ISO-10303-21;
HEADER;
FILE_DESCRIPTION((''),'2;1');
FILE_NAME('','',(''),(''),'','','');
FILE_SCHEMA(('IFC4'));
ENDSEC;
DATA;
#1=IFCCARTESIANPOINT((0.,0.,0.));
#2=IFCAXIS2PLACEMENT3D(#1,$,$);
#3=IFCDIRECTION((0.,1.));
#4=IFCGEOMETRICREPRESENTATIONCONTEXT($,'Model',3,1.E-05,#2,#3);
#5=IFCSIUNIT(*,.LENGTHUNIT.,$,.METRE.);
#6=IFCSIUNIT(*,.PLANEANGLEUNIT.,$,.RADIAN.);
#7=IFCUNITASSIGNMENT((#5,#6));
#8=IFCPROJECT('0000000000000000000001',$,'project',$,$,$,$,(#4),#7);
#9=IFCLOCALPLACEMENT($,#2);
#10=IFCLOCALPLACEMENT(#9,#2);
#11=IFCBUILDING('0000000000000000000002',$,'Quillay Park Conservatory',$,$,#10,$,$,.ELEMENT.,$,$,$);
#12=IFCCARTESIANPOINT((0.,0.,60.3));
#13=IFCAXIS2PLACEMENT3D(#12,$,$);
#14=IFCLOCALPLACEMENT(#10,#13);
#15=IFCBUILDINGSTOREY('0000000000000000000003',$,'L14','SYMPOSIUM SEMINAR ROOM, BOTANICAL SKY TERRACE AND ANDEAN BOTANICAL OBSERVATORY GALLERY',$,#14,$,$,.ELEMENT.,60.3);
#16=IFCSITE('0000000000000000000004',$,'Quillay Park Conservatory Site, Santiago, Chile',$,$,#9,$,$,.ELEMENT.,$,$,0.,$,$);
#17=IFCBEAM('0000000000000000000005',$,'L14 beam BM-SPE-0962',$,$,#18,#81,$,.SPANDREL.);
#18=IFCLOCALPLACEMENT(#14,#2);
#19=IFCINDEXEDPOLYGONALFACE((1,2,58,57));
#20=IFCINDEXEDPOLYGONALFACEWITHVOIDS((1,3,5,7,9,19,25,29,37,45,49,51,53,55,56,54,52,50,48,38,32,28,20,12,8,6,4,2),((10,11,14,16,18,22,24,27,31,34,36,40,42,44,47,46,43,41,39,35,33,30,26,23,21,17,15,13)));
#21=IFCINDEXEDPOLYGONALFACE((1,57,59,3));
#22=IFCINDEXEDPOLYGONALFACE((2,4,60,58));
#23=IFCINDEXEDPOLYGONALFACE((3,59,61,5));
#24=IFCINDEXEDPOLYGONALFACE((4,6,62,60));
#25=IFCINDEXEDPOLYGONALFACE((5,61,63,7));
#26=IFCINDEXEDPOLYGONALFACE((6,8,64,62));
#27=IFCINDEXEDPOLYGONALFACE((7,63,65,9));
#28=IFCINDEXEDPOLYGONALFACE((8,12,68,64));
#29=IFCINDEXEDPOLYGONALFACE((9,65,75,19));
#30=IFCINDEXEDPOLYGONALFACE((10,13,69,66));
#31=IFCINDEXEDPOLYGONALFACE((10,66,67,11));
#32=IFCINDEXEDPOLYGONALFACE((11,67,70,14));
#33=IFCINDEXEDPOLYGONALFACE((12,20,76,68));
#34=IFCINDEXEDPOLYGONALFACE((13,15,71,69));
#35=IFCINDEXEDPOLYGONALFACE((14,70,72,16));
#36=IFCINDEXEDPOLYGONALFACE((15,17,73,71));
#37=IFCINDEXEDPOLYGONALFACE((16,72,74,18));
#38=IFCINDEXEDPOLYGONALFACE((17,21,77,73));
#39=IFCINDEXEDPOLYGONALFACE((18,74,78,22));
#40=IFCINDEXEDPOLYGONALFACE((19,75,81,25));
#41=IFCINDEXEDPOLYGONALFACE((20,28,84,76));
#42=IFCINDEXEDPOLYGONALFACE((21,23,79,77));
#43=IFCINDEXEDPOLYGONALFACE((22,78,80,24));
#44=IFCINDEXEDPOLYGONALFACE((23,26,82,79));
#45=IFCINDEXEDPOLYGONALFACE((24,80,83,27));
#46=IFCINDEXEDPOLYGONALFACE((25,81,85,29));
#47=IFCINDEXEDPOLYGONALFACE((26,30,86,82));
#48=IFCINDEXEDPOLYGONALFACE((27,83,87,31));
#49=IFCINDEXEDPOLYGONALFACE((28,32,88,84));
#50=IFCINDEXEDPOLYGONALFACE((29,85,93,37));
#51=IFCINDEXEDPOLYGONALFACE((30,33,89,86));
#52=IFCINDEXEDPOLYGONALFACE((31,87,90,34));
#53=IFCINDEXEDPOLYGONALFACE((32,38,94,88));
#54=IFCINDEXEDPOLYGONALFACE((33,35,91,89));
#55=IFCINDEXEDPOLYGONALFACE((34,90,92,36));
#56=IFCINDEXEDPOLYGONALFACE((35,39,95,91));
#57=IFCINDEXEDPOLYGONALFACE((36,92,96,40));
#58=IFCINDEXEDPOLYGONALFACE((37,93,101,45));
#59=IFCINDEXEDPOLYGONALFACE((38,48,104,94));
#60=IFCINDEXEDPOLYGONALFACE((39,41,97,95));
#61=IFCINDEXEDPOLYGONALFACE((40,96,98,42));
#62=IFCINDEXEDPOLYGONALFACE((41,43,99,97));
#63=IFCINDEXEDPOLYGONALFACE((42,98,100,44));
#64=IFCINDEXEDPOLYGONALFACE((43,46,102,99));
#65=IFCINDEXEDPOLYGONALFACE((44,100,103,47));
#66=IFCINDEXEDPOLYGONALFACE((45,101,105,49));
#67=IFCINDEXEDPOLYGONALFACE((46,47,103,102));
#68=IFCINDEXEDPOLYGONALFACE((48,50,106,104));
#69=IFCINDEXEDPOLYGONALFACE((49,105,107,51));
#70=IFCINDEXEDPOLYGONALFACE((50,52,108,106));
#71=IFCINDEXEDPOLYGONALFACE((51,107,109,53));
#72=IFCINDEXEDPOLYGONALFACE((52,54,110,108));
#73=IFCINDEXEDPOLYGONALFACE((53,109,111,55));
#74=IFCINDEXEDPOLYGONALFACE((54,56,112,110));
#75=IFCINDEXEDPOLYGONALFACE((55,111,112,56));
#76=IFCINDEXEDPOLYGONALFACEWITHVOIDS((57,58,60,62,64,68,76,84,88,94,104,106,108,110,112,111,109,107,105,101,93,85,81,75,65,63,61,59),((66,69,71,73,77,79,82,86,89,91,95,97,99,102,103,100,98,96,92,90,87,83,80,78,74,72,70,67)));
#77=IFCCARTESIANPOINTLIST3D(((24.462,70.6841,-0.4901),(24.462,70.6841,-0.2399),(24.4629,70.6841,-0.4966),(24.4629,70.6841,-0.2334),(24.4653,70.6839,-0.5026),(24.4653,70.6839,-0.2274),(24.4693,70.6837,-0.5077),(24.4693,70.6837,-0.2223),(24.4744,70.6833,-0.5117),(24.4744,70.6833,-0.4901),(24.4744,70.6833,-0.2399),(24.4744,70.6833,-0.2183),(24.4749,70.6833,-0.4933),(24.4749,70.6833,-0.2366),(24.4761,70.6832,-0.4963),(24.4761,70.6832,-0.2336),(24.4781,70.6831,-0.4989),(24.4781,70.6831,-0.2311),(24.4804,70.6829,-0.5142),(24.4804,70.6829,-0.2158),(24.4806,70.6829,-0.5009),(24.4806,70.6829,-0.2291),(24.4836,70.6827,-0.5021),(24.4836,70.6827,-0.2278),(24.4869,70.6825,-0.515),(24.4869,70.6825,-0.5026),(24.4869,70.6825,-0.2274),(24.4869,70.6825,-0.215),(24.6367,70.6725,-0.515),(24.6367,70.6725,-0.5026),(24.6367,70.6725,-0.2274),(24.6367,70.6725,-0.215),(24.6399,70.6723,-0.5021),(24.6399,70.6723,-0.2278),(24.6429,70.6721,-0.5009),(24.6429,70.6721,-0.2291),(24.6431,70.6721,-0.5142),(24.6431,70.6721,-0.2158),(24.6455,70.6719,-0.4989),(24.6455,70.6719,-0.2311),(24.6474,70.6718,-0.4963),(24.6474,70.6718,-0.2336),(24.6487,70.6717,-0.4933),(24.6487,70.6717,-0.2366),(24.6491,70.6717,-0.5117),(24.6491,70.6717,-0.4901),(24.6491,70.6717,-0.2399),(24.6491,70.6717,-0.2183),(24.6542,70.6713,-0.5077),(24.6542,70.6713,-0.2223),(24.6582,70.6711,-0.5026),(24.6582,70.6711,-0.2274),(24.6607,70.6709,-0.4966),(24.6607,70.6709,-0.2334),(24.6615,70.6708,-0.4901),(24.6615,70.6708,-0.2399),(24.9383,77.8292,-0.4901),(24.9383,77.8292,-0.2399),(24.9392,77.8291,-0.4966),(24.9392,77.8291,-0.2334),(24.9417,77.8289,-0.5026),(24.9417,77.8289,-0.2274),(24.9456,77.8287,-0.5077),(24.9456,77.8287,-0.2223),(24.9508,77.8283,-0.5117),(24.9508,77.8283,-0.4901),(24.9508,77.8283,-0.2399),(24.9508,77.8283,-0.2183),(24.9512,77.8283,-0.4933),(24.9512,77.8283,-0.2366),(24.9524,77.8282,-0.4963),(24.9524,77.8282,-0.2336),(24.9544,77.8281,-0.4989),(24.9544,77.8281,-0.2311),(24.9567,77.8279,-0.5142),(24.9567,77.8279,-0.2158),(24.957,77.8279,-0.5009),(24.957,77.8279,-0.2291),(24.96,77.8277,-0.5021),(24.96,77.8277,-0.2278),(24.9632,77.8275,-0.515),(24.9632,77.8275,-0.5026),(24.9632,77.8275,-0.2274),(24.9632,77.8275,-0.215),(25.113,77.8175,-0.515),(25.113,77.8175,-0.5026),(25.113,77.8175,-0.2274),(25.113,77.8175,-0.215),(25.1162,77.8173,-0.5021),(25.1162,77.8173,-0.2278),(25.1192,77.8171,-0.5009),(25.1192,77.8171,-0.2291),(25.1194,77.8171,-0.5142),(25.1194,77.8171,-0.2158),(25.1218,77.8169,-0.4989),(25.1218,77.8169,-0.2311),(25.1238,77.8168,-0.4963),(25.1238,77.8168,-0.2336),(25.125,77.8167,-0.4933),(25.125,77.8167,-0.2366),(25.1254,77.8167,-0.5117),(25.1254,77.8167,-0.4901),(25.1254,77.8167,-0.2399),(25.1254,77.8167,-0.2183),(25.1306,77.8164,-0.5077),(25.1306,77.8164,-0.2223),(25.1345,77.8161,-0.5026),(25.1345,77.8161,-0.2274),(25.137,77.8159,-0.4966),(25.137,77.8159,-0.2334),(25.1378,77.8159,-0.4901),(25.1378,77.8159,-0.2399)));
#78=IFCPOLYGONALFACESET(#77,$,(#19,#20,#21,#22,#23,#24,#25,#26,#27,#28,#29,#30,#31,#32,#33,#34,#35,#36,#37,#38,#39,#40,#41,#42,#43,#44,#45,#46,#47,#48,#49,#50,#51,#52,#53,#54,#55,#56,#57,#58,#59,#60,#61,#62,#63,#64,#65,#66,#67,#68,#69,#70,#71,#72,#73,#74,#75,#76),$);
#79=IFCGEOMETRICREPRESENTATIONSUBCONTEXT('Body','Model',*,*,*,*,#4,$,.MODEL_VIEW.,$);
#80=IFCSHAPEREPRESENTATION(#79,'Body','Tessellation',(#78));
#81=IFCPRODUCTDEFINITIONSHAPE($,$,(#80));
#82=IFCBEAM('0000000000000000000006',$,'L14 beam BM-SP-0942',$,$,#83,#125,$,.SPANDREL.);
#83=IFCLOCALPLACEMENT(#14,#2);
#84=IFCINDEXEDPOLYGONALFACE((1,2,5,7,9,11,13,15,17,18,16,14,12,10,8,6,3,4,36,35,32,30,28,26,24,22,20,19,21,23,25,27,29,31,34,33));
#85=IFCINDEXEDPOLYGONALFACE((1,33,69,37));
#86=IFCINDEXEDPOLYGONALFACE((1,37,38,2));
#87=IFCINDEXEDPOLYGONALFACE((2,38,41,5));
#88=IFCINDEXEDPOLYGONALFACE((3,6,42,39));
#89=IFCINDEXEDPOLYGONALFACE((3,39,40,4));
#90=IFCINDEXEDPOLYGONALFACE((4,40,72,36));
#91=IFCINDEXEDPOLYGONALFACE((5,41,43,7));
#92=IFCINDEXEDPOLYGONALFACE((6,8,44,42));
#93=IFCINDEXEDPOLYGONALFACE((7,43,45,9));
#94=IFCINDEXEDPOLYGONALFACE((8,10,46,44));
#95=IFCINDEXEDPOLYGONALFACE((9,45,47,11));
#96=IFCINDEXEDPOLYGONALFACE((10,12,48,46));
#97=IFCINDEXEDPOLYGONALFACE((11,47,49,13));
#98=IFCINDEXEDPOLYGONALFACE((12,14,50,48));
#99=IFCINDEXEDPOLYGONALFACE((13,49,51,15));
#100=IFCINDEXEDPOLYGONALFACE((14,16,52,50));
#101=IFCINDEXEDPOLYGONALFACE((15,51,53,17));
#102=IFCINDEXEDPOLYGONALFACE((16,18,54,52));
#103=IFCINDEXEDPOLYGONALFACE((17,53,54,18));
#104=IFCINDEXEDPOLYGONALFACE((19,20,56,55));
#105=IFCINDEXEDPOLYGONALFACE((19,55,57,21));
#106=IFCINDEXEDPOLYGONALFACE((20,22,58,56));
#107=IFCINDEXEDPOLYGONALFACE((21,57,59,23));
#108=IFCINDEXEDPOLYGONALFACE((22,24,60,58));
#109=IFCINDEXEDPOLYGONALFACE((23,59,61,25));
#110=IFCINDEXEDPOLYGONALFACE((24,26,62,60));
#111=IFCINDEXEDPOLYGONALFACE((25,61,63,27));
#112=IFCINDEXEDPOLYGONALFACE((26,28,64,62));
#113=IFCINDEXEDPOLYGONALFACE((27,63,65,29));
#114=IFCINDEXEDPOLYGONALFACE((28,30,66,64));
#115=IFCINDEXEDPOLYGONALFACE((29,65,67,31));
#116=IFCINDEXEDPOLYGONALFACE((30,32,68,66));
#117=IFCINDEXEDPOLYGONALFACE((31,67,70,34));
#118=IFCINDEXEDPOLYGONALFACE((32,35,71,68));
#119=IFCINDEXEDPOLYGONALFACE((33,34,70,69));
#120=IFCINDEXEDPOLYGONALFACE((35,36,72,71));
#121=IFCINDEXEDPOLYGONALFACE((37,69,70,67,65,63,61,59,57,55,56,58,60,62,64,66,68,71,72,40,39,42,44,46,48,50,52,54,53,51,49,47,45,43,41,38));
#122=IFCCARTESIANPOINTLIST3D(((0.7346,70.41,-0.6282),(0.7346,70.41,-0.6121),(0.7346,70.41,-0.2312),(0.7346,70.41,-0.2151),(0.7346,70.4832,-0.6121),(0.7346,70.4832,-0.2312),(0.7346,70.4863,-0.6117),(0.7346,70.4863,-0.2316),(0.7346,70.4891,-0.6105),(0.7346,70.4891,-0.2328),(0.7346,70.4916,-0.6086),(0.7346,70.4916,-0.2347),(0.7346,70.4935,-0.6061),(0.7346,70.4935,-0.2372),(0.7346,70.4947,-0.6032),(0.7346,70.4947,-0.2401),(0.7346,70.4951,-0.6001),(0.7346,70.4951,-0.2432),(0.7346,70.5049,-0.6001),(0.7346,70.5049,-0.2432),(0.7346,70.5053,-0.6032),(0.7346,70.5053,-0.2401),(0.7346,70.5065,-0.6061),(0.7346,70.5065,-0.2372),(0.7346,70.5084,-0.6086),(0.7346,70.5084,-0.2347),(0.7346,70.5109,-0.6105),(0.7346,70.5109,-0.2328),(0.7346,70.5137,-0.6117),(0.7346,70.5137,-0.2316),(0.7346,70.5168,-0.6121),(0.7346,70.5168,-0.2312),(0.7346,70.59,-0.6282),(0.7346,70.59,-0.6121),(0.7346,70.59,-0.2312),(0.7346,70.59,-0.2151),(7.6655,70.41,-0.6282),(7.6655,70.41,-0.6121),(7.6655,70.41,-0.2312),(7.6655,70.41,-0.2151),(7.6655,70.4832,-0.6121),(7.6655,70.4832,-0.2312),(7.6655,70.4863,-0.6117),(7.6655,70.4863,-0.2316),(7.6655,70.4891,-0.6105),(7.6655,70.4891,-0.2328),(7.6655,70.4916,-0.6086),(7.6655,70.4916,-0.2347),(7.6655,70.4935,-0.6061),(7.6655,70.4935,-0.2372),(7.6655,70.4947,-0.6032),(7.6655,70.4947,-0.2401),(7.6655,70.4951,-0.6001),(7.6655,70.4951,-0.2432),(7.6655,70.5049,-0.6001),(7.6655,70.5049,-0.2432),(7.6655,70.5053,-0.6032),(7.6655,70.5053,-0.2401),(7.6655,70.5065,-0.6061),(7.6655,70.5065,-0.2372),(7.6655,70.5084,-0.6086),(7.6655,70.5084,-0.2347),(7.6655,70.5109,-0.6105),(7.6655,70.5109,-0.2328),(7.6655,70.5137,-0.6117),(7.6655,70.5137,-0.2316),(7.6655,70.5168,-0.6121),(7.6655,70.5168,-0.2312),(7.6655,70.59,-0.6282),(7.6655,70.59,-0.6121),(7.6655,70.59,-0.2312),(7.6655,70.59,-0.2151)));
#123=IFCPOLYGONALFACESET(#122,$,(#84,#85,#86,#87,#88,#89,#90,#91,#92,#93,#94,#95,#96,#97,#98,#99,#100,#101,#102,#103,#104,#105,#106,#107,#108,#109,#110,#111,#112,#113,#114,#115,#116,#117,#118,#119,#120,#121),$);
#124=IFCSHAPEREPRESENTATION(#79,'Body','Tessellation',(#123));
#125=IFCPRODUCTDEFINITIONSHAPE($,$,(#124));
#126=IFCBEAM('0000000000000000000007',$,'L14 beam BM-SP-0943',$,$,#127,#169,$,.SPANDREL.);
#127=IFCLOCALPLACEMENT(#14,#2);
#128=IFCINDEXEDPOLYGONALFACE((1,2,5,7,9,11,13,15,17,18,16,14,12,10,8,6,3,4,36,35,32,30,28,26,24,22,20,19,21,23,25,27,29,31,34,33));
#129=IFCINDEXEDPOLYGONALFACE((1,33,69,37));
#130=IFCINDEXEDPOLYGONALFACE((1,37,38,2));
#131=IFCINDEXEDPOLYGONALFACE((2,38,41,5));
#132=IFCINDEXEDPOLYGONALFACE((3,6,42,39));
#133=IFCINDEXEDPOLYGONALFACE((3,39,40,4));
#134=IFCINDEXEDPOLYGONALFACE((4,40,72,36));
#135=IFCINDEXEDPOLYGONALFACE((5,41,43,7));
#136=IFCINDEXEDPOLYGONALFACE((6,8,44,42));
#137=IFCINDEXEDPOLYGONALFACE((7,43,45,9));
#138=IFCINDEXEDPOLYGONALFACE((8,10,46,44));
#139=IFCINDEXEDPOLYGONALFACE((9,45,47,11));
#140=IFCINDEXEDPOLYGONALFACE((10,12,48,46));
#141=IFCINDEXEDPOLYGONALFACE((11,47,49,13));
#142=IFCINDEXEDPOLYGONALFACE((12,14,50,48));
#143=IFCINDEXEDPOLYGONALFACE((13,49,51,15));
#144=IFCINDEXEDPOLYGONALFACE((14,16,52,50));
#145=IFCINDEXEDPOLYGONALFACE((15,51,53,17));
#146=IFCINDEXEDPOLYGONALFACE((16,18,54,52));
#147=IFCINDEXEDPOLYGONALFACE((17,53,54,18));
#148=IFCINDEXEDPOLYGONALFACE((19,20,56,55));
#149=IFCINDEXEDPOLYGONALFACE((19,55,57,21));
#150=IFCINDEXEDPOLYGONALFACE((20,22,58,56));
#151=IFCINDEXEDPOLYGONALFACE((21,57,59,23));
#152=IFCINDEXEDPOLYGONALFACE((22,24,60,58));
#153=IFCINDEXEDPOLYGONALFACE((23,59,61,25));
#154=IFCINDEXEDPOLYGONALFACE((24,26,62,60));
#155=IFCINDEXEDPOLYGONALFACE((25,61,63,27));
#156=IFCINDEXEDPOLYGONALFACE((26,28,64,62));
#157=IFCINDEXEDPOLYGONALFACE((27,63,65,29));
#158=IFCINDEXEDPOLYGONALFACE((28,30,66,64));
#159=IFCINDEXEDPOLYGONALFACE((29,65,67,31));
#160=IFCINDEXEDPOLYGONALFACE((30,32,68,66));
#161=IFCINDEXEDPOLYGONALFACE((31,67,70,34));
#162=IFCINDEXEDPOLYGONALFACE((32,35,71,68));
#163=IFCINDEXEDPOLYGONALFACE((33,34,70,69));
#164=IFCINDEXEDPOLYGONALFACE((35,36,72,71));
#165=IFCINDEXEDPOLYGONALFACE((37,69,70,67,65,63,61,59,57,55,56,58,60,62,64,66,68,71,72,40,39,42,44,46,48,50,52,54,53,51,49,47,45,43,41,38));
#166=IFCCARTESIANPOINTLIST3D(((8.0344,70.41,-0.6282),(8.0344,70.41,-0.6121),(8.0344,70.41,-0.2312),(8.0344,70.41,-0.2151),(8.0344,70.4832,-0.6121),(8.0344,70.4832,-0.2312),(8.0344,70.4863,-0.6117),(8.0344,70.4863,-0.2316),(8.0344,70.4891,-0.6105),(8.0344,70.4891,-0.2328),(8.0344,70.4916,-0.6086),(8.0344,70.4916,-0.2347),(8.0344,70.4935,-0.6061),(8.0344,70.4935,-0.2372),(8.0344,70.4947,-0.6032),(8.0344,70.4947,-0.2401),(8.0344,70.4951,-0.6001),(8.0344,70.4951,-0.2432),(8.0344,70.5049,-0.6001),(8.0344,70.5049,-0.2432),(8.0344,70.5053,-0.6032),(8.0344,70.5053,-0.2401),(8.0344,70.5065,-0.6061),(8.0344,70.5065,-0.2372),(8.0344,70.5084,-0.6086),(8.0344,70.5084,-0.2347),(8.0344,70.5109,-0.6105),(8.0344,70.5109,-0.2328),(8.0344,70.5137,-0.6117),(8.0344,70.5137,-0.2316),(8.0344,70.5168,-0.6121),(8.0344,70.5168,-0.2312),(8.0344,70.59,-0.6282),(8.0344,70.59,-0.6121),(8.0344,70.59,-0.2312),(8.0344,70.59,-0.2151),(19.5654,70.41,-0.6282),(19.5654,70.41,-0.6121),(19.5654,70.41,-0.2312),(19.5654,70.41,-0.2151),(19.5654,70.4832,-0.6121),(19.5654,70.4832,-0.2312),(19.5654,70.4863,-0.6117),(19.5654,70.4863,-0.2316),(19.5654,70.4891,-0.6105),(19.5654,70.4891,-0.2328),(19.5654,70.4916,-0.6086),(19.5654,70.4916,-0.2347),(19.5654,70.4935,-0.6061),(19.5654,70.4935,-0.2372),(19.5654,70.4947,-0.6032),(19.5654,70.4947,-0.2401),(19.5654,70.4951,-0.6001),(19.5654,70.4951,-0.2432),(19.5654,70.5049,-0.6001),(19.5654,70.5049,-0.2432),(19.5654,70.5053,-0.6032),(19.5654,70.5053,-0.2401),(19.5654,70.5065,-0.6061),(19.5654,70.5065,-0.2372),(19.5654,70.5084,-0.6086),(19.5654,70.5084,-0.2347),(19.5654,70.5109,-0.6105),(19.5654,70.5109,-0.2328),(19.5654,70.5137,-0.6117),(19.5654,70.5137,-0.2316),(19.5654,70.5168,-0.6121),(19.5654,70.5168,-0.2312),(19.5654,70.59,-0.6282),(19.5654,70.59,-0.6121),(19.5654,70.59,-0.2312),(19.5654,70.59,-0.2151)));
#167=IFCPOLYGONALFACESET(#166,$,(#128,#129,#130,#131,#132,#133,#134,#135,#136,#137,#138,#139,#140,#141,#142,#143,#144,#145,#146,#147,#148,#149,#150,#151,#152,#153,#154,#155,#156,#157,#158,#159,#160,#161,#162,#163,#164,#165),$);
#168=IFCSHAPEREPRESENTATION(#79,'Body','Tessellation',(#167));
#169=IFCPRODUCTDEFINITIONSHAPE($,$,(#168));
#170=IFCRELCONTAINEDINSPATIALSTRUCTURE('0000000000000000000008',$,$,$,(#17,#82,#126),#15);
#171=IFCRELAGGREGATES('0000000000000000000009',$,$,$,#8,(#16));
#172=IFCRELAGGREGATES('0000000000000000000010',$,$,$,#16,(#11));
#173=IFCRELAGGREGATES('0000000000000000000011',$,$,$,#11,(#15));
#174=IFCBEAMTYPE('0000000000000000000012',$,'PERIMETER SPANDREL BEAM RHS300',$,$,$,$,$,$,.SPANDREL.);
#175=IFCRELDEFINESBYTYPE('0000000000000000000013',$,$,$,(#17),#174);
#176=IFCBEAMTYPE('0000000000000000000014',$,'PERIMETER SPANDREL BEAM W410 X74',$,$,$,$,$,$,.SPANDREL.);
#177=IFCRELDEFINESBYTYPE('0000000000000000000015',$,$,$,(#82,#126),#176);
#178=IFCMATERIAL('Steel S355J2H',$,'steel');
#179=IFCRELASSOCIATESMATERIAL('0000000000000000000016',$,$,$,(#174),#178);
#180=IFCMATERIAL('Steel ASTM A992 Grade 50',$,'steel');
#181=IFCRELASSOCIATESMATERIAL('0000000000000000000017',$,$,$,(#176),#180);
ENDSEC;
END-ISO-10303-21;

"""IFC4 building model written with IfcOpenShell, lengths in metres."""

from ifc_helpers import new_model, si_unit, direction, frame, origin, origin_2d, place, context, subcontext, project, spatial, hollow_rectangle, i_section, extrude, material, material_profile, profile_set, type_object, element, save


model = new_model("IFC4")

# Units and contexts
model_context = context("Model", 3, precision=1e-05, world=origin(), true_north=direction((0.0, 1.0)))
body_context = subcontext(model_context, "Body", "Model", "MODEL_VIEW")
ifc_project = project(units=[si_unit("LENGTHUNIT", "METRE"), si_unit("PLANEANGLEUNIT", "RADIAN")], contexts=[model_context])

# Site, building, storey
site_placement = place(None, origin())
site = spatial("IfcSite", under=ifc_project, at=site_placement, Name="Quillay Park Conservatory Site, Santiago, Chile", CompositionType="ELEMENT", RefElevation=0.0)
building_placement = place(site_placement, origin())
building = spatial("IfcBuilding", under=site, at=building_placement, Name="Quillay Park Conservatory", CompositionType="ELEMENT")
storey_placement = place(building_placement, frame((0.0, 0.0, 60.3)))
storey = spatial("IfcBuildingStorey", under=building, at=storey_placement, Name="L14", Description="SYMPOSIUM SEMINAR ROOM, BOTANICAL SKY TERRACE AND ANDEAN BOTANICAL OBSERVATORY GALLERY", CompositionType="ELEMENT", Elevation=60.3)

# Beams
ifc_material_1 = material(Name="Steel S355J2H", Category="steel")
ifc_material_profile_1 = material_profile(ifc_material_1, hollow_rectangle(XDim=0.2, YDim=0.3, WallThickness=0.0125, InnerFilletRadius=0.0125, OuterFilletRadius=0.0249, at=origin_2d()), Name="RHS300x200x12.5")
ifc_profile_set_1 = profile_set([ifc_material_profile_1], Name="Steel S355J2H")
beam_type_1 = type_object("IfcBeamType", Name="PERIMETER SPANDREL BEAM RHS300", PredefinedType="SPANDREL", material=ifc_profile_set_1)
beam_1_placement = place(storey_placement, frame((24.5618, 70.6775, -0.365), z_axis=(0.066517, 0.997785, 0.0), x_axis=(-0.997785, 0.066517, 0.0)))
element("IfcBeam", 1, at=beam_1_placement, inside=storey, type_object=beam_type_1, Name="L14 beam BM-SPE-0962", PredefinedType="SPANDREL", context=body_context, shape_type="SweptSolid", body=[
    extrude(hollow_rectangle(XDim=0.2, YDim=0.3, WallThickness=0.0125, InnerFilletRadius=0.0125, OuterFilletRadius=0.0249, at=origin_2d()), origin(), (0.0, 0.0, 1.0), 7.1609),
])
ifc_material_2 = material(Name="Steel ASTM A992 Grade 50", Category="steel")
ifc_material_profile_2 = material_profile(ifc_material_2, i_section(OverallWidth=0.1799, OverallDepth=0.4131, WebThickness=0.0098, FlangeThickness=0.0161, FilletRadius=0.012, at=origin_2d()), Name="W410x74")
ifc_profile_set_2 = profile_set([ifc_material_profile_2], Name="Steel ASTM A992 Grade 50")
beam_type_2 = type_object("IfcBeamType", Name="PERIMETER SPANDREL BEAM W410 X74", PredefinedType="SPANDREL", material=ifc_profile_set_2)
beam_2_placement = place(storey_placement, frame((0.7346, 70.5, -0.4216), z_axis=(1.0, 0.0, 0.0), x_axis=(0.0, 1.0, 0.0)))
element("IfcBeam", 2, at=beam_2_placement, inside=storey, type_object=beam_type_2, Name="L14 beam BM-SP-0942", PredefinedType="SPANDREL", context=body_context, shape_type="SweptSolid", body=[
    extrude(i_section(OverallWidth=0.1799, OverallDepth=0.4131, WebThickness=0.0098, FlangeThickness=0.0161, FilletRadius=0.012, at=origin_2d()), origin(), (0.0, 0.0, 1.0), 6.9309),
])
beam_3_placement = place(storey_placement, frame((8.0344, 70.5, -0.4216), z_axis=(1.0, 0.0, 0.0), x_axis=(0.0, 1.0, 0.0)))
element("IfcBeam", 3, at=beam_3_placement, inside=storey, type_object=beam_type_2, Name="L14 beam BM-SP-0943", PredefinedType="SPANDREL", context=body_context, shape_type="SweptSolid", body=[
    extrude(i_section(OverallWidth=0.1799, OverallDepth=0.4131, WebThickness=0.0098, FlangeThickness=0.0161, FilletRadius=0.012, at=origin_2d()), origin(), (0.0, 0.0, 1.0), 11.531),
])

save(model, "model.ifc")
